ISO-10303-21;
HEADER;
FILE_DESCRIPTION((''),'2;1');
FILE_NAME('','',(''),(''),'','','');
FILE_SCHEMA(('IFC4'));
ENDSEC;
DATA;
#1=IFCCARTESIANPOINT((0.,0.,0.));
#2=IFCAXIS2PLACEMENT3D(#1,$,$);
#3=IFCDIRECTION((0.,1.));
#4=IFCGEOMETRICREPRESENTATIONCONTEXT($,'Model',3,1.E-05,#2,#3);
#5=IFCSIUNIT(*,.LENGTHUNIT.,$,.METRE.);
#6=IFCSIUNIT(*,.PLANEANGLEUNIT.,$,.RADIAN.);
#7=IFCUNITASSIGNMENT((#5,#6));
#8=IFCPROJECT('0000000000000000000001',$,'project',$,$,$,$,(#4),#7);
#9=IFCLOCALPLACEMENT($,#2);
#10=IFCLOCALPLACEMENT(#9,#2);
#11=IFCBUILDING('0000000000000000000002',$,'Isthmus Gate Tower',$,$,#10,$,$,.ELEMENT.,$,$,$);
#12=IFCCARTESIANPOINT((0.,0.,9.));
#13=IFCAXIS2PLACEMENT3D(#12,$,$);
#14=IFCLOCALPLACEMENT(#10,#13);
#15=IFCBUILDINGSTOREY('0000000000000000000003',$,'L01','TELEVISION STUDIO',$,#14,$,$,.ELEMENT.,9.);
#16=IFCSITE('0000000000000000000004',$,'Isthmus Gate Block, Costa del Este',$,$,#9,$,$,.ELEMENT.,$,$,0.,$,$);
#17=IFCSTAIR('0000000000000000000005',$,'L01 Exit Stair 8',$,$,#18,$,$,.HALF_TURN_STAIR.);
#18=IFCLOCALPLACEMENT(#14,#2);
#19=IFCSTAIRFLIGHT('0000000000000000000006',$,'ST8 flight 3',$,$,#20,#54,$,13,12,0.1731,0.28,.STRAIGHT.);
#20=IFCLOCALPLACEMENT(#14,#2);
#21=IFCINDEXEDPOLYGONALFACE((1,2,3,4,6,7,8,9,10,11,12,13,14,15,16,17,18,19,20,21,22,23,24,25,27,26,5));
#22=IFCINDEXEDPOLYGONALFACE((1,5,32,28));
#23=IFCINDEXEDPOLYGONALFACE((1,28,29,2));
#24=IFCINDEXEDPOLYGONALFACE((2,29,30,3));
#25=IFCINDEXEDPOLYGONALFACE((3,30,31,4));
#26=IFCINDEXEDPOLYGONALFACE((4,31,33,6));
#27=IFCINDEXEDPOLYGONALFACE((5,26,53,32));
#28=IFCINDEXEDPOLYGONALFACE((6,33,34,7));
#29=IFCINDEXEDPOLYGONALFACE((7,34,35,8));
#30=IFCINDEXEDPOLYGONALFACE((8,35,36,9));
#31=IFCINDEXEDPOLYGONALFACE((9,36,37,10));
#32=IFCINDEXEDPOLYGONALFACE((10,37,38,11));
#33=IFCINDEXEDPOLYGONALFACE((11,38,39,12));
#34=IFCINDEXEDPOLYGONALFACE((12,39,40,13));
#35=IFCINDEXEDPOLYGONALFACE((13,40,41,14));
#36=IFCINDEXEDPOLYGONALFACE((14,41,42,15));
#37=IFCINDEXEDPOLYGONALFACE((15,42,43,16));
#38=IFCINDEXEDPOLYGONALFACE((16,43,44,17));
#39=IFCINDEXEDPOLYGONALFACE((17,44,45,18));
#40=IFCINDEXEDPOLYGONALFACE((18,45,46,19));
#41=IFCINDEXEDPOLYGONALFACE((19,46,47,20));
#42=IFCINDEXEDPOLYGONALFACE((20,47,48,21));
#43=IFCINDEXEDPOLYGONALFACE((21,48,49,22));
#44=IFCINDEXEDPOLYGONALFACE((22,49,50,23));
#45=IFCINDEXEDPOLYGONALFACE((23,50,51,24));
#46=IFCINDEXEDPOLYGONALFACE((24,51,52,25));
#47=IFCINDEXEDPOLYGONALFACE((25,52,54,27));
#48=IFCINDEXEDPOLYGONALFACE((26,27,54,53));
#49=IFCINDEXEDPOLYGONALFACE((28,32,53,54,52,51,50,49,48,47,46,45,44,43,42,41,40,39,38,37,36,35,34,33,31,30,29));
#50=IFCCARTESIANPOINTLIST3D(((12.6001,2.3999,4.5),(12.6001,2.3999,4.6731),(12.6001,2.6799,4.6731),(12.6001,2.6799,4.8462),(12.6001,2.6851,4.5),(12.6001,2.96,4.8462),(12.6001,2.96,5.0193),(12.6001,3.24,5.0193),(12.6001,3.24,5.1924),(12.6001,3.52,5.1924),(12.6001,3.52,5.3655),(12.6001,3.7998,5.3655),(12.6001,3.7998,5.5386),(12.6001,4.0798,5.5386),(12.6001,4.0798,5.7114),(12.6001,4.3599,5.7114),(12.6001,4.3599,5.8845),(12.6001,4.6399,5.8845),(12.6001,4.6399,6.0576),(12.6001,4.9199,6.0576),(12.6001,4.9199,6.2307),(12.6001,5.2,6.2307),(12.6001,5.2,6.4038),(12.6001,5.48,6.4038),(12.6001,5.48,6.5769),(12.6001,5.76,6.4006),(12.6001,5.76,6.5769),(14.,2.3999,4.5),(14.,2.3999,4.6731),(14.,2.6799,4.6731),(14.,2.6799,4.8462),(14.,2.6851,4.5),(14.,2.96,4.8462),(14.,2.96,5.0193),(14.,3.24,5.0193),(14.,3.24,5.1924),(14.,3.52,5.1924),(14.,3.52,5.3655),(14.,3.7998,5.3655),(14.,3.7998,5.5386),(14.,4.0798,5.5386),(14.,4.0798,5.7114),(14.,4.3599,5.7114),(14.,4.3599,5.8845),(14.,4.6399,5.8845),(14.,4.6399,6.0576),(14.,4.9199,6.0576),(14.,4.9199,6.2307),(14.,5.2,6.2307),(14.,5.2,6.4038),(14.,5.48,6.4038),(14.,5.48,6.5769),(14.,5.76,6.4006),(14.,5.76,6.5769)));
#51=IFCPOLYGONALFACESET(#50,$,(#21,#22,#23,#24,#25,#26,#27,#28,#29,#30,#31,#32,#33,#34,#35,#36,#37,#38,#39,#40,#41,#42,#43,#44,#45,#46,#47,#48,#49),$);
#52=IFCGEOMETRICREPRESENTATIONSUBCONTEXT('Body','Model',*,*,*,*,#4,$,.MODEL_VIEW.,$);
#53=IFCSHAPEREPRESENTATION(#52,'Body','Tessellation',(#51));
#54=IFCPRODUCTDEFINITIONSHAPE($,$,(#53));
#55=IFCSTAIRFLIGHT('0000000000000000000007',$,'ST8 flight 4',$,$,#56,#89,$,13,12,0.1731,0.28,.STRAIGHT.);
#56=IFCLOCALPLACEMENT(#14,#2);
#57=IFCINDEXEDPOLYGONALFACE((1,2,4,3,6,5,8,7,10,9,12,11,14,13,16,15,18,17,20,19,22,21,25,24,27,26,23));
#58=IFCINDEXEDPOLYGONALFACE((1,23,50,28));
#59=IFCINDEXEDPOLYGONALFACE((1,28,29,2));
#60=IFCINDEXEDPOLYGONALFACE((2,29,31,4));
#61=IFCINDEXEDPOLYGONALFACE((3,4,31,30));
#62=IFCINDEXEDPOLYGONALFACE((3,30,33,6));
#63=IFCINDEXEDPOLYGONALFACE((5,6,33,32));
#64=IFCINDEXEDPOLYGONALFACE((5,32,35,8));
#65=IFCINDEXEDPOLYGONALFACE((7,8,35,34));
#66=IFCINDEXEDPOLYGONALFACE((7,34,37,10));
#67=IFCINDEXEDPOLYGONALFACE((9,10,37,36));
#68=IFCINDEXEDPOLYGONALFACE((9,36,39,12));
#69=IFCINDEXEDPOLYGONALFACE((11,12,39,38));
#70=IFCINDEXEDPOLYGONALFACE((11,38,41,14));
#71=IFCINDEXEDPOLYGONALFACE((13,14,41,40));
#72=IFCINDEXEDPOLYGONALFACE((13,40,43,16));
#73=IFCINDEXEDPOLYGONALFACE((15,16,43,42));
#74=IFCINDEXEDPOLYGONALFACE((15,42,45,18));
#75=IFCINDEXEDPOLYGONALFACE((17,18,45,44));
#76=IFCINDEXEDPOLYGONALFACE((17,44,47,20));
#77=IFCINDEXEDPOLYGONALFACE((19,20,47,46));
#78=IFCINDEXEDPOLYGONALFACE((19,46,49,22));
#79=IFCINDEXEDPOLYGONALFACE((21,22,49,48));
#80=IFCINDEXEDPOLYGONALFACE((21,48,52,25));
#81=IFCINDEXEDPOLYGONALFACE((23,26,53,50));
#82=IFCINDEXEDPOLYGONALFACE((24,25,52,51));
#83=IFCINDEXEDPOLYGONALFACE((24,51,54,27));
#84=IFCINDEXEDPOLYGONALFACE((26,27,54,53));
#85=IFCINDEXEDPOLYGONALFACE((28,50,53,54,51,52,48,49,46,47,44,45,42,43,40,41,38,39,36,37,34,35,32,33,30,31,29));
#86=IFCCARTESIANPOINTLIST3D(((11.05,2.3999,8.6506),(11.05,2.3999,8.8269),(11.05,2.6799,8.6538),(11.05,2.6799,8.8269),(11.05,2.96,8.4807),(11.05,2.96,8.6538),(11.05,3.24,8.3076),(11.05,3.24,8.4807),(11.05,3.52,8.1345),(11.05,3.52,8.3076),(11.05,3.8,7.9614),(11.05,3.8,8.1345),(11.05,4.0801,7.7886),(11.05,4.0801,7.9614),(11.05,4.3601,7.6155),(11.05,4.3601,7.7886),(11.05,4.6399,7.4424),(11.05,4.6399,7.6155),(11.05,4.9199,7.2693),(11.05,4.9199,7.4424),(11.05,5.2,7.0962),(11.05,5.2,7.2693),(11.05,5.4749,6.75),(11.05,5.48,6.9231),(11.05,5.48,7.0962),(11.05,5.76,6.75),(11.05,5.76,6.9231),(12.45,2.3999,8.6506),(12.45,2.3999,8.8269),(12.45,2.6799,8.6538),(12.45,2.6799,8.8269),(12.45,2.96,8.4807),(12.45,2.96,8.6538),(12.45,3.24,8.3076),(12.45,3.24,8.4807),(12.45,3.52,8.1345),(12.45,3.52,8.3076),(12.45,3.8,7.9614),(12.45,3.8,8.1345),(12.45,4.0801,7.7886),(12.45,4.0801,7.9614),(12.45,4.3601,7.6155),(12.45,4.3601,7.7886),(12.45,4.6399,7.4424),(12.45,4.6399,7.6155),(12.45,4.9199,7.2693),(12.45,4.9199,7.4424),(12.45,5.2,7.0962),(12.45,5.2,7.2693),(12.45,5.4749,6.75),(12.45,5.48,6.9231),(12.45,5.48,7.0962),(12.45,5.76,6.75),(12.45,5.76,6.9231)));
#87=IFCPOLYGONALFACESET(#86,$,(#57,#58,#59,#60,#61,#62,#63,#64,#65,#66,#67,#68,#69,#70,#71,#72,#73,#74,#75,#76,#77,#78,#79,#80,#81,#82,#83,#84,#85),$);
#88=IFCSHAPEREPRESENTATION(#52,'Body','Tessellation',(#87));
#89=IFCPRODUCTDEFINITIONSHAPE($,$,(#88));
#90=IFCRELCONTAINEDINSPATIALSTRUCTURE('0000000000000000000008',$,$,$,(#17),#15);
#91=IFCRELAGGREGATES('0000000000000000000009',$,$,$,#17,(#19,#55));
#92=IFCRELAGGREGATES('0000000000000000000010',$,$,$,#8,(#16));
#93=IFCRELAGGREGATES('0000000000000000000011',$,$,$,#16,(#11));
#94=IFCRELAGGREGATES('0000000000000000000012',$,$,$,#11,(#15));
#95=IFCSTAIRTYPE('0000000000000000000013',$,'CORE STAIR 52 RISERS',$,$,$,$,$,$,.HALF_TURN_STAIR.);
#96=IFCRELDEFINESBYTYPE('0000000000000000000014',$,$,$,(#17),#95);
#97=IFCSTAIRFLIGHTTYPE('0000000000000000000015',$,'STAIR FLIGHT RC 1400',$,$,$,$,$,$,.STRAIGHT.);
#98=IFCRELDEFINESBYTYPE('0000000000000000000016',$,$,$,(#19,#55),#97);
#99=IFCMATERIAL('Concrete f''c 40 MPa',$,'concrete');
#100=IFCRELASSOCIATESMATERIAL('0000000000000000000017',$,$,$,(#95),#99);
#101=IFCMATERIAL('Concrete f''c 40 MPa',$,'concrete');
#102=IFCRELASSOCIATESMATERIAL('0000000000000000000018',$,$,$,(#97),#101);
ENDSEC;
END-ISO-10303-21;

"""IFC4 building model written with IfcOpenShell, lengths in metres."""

from ifc_helpers import new_model, si_unit, direction, frame, origin, place, context, subcontext, project, spatial, polyline, outline, extrude, material, type_object, element, aggregate, save


model = new_model("IFC4")

# Units and contexts
model_context = context("Model", 3, precision=1e-05, world=origin(), true_north=direction((0.0, 1.0)))
body_context = subcontext(model_context, "Body", "Model", "MODEL_VIEW")
ifc_project = project(units=[si_unit("LENGTHUNIT", "METRE"), si_unit("PLANEANGLEUNIT", "RADIAN")], contexts=[model_context])

# Site, building, storey
site_placement = place(None, origin())
site = spatial("IfcSite", under=ifc_project, at=site_placement, Name="Isthmus Gate Block, Costa del Este", CompositionType="ELEMENT", RefElevation=0.0)
building_placement = place(site_placement, origin())
building = spatial("IfcBuilding", under=site, at=building_placement, Name="Isthmus Gate Tower", CompositionType="ELEMENT")
storey_placement = place(building_placement, frame((0.0, 0.0, 9.0)))
storey = spatial("IfcBuildingStorey", under=building, at=storey_placement, Name="L01", Description="TELEVISION STUDIO", CompositionType="ELEMENT", Elevation=9.0)

# Stair, stair flights
ifc_material_1 = material(Name="Concrete f'c 40 MPa", Category="concrete")
stair_type = type_object("IfcStairType", Name="CORE STAIR 52 RISERS", PredefinedType="HALF_TURN_STAIR", material=ifc_material_1)
stair_placement = place(storey_placement, origin())
stair = element("IfcStair", 1, at=stair_placement, inside=storey, type_object=stair_type, Name="L01 Exit Stair 8", PredefinedType="HALF_TURN_STAIR")
ifc_material_2 = material(Name="Concrete f'c 40 MPa", Category="concrete")
stair_flight_type = type_object("IfcStairFlightType", Name="STAIR FLIGHT RC 1400", PredefinedType="STRAIGHT", material=ifc_material_2)
stair_flight_1_placement = place(storey_placement, frame((13.3, 2.3999, 4.5), z_axis=(0.0, 0.0, 1.0), x_axis=(0.0, 1.0, 0.0)))
stair_flight_1 = element("IfcStairFlight", 2, at=stair_flight_1_placement, type_object=stair_flight_type, Name="ST8 flight 3", NumberOfRisers=13, NumberOfTreads=12, PredefinedType="STRAIGHT", RiserHeight=0.1731, TreadLength=0.28, context=body_context, shape_type="SweptSolid", body=[
    extrude(outline(polyline([(0.0, 0.0), (0.0, 0.1731), (0.28, 0.1731), (0.28, 0.3462), (0.5601, 0.3462), (0.5601, 0.5193), (0.8401, 0.5193), (0.8401, 0.6924), (1.1201, 0.6924), (1.1201, 0.8655), (1.3999, 0.8655), (1.3999, 1.0386), (1.6799, 1.0386), (1.6799, 1.2114), (1.96, 1.2114), (1.96, 1.3845), (2.24, 1.3845), (2.24, 1.5576), (2.52, 1.5576), (2.52, 1.7307), (2.8, 1.7307), (2.8, 1.9038), (3.0801, 1.9038), (3.0801, 2.0769), (3.3601, 2.0769), (3.3601, 2.25), (3.3601, 1.9006), (0.2852, 0.0), (0.0, 0.0)])), frame((0.0, 0.7, 0.0), z_axis=(0.0, -1.0, 0.0), x_axis=(1.0, 0.0, 0.0)), (0.0, 0.0, 1.0), 1.3999),
])
stair_flight_2_placement = place(storey_placement, frame((11.75, 5.76, 6.75), z_axis=(0.0, 0.0, 1.0), x_axis=(0.0, -1.0, 0.0)))
stair_flight_2 = element("IfcStairFlight", 3, at=stair_flight_2_placement, type_object=stair_flight_type, Name="ST8 flight 4", NumberOfRisers=13, NumberOfTreads=12, PredefinedType="STRAIGHT", RiserHeight=0.1731, TreadLength=0.28, context=body_context, shape_type="SweptSolid", body=[
    extrude(outline(polyline([(0.0, 0.0), (0.0, 0.1731), (0.28, 0.1731), (0.28, 0.3462), (0.5601, 0.3462), (0.5601, 0.5193), (0.8401, 0.5193), (0.8401, 0.6924), (1.1201, 0.6924), (1.1201, 0.8655), (1.3999, 0.8655), (1.3999, 1.0386), (1.6799, 1.0386), (1.6799, 1.2114), (1.96, 1.2114), (1.96, 1.3845), (2.24, 1.3845), (2.24, 1.5576), (2.52, 1.5576), (2.52, 1.7307), (2.8, 1.7307), (2.8, 1.9038), (3.0801, 1.9038), (3.0801, 2.0769), (3.3601, 2.0769), (3.3601, 2.25), (3.3601, 1.9006), (0.2852, 0.0), (0.0, 0.0)])), frame((0.0, 0.7, 0.0), z_axis=(0.0, -1.0, 0.0), x_axis=(1.0, 0.0, 0.0)), (0.0, 0.0, 1.0), 1.3999),
])
aggregate(stair, [stair_flight_1, stair_flight_2])

save(model, "model.ifc")
